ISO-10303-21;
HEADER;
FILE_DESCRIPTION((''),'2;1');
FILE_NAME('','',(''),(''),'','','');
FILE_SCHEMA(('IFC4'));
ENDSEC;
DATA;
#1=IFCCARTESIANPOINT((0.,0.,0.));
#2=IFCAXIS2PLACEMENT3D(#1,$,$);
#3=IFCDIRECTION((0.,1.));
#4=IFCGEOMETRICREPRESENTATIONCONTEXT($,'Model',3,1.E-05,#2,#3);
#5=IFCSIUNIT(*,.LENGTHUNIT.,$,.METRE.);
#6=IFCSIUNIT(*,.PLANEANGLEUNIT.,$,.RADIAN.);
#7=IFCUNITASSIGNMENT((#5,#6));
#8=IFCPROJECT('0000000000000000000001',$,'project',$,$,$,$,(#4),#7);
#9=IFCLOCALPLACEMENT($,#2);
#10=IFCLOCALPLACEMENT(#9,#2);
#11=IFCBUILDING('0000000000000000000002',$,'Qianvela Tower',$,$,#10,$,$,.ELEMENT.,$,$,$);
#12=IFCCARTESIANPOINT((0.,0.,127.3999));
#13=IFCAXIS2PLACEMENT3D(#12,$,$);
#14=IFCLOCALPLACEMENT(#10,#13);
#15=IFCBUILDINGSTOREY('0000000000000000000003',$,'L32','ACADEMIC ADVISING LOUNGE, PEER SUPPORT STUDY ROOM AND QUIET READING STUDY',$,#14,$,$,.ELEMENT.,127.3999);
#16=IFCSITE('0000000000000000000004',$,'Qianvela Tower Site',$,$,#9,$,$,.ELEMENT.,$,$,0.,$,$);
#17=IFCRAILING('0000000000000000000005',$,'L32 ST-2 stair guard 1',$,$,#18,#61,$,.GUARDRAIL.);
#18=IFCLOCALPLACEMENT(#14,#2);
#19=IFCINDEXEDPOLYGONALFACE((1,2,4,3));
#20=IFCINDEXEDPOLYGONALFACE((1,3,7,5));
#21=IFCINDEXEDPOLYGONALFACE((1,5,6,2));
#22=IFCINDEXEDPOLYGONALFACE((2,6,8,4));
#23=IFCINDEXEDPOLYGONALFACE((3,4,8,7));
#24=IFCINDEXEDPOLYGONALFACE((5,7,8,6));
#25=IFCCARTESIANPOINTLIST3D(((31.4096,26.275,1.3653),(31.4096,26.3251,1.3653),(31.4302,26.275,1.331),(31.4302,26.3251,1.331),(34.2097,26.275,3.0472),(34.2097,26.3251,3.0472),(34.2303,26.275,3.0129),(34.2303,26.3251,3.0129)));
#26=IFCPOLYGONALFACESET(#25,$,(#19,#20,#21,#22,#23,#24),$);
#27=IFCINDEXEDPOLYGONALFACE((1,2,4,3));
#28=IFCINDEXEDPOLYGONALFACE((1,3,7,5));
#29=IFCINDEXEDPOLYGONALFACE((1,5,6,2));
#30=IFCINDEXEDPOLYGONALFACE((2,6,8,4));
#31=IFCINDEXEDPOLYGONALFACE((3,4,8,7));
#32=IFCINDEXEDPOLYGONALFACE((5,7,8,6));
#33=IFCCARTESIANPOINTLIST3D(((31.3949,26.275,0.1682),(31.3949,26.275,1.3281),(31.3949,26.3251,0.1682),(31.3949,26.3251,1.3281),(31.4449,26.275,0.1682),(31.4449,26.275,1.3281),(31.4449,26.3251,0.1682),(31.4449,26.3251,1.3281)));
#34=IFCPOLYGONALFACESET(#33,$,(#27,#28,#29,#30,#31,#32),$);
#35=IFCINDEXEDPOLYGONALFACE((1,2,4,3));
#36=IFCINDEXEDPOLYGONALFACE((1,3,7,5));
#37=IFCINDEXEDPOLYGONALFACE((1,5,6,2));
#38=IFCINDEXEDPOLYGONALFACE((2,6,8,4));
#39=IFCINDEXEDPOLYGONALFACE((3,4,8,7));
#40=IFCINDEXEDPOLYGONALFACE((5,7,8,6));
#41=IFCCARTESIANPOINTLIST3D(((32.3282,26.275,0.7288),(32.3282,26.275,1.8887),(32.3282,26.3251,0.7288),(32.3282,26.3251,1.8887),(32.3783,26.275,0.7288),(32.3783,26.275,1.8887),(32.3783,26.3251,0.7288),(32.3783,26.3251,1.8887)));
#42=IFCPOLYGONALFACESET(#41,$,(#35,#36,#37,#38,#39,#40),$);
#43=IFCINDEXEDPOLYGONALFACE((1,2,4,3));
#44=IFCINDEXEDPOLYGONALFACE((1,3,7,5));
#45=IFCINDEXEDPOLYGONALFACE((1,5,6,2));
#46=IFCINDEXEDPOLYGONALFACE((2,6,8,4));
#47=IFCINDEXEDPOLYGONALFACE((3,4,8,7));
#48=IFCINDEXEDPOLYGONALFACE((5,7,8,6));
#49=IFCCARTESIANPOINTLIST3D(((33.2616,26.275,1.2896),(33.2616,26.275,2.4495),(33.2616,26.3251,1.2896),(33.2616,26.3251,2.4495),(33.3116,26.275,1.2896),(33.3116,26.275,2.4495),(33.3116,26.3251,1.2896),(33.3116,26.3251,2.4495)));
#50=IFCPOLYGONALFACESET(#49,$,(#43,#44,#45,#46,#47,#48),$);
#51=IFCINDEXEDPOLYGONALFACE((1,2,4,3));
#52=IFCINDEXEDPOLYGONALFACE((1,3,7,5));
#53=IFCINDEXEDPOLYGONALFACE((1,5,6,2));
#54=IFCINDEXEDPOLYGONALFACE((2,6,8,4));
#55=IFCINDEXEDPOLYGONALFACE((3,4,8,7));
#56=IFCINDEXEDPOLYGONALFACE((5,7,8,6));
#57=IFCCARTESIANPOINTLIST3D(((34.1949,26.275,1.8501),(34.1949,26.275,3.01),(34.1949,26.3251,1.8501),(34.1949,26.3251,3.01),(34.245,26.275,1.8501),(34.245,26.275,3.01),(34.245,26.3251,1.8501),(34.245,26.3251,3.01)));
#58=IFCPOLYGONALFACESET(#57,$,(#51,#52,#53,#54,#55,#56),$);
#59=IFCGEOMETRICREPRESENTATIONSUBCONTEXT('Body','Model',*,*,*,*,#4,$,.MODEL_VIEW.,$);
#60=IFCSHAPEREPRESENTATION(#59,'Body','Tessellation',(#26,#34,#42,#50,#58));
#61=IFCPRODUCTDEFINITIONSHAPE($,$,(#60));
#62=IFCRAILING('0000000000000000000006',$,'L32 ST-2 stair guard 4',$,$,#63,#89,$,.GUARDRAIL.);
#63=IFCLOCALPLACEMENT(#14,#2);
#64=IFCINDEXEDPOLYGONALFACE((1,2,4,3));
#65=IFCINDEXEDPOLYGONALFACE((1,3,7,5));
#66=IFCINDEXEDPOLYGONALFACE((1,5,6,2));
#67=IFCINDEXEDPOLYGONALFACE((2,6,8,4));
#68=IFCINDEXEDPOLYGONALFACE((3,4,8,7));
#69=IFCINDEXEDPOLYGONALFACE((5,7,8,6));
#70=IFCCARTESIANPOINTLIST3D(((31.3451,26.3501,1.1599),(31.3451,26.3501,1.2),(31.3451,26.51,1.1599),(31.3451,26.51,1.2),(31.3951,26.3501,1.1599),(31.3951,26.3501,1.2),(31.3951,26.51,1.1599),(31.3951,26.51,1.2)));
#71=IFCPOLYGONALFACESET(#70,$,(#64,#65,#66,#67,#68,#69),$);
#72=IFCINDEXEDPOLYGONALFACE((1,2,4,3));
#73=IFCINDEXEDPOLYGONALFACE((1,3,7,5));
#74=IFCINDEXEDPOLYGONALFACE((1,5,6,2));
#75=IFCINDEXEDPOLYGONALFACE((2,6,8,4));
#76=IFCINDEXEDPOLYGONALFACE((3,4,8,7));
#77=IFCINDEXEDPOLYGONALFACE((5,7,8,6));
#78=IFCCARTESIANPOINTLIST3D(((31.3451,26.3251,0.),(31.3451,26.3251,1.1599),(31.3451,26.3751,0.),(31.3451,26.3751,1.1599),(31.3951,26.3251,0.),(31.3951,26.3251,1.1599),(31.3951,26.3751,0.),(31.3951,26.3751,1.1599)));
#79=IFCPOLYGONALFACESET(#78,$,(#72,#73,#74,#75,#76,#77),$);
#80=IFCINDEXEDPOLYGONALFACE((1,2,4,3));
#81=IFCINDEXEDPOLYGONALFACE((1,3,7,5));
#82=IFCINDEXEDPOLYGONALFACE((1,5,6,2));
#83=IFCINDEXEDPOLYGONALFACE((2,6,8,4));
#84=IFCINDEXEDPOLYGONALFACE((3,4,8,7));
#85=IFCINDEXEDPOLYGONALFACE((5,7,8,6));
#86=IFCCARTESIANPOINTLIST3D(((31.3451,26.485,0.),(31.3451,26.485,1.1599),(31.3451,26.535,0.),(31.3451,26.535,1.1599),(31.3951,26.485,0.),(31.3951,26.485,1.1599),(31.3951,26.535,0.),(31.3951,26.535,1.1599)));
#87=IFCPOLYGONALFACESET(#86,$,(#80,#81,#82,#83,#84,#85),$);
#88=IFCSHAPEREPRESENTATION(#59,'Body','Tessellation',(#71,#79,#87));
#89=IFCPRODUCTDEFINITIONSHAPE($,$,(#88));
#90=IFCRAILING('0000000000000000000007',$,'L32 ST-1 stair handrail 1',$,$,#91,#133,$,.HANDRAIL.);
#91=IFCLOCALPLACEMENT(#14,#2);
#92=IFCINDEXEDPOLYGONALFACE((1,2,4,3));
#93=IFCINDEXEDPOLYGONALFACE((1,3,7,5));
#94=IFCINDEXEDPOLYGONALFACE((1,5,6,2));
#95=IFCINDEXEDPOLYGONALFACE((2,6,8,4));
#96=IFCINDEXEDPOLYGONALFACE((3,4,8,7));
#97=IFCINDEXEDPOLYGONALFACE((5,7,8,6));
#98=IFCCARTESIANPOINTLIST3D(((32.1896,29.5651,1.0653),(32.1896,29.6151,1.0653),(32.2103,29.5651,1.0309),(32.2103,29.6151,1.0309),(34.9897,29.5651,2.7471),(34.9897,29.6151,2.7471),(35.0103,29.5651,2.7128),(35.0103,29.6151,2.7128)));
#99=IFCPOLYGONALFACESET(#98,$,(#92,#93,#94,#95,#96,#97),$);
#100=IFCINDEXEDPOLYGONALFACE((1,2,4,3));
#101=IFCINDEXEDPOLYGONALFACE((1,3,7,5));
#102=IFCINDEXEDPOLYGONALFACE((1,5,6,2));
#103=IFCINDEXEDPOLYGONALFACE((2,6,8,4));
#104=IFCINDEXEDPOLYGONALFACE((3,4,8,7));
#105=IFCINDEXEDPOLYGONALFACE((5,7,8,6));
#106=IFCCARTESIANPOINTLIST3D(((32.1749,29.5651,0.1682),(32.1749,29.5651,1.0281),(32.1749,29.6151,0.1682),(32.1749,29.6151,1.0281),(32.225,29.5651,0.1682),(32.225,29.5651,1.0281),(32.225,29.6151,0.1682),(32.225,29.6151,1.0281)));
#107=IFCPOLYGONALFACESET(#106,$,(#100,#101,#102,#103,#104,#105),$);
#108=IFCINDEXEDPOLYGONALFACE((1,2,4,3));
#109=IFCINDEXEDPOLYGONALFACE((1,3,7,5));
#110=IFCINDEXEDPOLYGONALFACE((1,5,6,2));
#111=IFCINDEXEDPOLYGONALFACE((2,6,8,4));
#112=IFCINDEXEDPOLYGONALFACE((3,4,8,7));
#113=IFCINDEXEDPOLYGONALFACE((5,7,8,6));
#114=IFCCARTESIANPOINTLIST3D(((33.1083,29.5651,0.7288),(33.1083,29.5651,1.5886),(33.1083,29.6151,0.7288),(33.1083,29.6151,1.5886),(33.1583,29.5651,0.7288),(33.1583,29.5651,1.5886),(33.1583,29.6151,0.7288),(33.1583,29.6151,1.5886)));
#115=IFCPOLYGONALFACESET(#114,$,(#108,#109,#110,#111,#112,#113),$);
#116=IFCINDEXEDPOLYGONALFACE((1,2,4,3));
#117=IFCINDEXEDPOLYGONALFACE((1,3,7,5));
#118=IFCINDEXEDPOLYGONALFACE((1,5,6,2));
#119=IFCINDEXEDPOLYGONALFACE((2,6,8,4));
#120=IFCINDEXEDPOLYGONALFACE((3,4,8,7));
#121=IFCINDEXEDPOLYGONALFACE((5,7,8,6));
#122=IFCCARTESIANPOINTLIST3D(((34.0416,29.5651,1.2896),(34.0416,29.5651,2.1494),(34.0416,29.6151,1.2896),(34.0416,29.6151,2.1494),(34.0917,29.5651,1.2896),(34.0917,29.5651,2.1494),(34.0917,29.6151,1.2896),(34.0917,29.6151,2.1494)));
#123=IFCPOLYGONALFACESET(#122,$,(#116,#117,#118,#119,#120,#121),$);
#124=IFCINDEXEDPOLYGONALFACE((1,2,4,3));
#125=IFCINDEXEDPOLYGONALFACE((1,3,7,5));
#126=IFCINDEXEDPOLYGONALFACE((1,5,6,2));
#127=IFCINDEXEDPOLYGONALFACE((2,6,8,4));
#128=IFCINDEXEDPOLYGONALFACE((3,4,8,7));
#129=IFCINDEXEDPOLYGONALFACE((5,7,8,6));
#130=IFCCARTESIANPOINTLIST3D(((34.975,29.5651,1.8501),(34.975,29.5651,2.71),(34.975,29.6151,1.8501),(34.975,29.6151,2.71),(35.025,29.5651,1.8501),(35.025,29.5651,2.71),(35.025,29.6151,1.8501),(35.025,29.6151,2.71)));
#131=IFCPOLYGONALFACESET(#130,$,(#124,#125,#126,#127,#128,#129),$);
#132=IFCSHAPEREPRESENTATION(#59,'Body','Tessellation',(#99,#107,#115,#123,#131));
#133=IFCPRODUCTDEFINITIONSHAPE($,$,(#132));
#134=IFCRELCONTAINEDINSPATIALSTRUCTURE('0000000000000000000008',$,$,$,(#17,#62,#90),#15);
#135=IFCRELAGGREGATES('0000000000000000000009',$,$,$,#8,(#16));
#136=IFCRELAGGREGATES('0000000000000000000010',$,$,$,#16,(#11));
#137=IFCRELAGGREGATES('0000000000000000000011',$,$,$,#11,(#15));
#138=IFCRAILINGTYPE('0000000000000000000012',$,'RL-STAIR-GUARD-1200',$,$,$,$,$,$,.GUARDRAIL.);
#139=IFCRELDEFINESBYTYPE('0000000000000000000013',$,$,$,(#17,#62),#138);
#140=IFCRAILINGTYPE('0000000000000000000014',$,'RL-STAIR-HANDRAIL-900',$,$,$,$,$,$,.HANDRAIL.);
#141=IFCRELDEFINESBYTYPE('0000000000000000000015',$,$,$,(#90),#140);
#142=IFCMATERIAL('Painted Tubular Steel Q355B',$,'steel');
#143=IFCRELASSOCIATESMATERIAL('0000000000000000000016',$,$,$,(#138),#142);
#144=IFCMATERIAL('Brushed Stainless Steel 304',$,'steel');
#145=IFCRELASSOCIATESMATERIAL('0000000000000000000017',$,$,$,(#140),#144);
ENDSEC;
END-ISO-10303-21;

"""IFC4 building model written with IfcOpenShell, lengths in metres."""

from ifc_helpers import new_model, si_unit, direction, frame, origin, origin_2d, place, context, subcontext, project, spatial, rectangle, extrude, material, type_object, element, save


model = new_model("IFC4")

# Units and contexts
model_context = context("Model", 3, precision=1e-05, world=origin(), true_north=direction((0.0, 1.0)))
body_context = subcontext(model_context, "Body", "Model", "MODEL_VIEW")
ifc_project = project(units=[si_unit("LENGTHUNIT", "METRE"), si_unit("PLANEANGLEUNIT", "RADIAN")], contexts=[model_context])

# Site, building, storey
site_placement = place(None, origin())
site = spatial("IfcSite", under=ifc_project, at=site_placement, Name="Qianvela Tower Site", CompositionType="ELEMENT", RefElevation=0.0)
building_placement = place(site_placement, origin())
building = spatial("IfcBuilding", under=site, at=building_placement, Name="Qianvela Tower", CompositionType="ELEMENT")
storey_placement = place(building_placement, frame((0.0, 0.0, 127.3999)))
storey = spatial("IfcBuildingStorey", under=building, at=storey_placement, Name="L32", Description="ACADEMIC ADVISING LOUNGE, PEER SUPPORT STUDY ROOM AND QUIET READING STUDY", CompositionType="ELEMENT", Elevation=127.3999)

# Railings
ifc_material_1 = material(Name="Painted Tubular Steel Q355B", Category="steel")
railing_type_1 = type_object("IfcRailingType", Name="RL-STAIR-GUARD-1200", PredefinedType="GUARDRAIL", material=ifc_material_1)
railing_1_placement = place(storey_placement, frame((31.4199, 26.3, 0.1682)))
element("IfcRailing", 1, at=railing_1_placement, inside=storey, type_object=railing_type_1, Name="L32 ST-2 stair guard 1", PredefinedType="GUARDRAIL", context=body_context, shape_type="SweptSolid", body=[
    extrude(rectangle(XDim=0.05, YDim=0.04, at=origin_2d()), frame((0.0, 0.0, 1.1799), z_axis=(0.857242, 0.0, 0.514913), x_axis=(0.0, 1.0, 0.0)), (0.0, 0.0, 1.0), 3.2664),
    extrude(rectangle(XDim=0.05, YDim=0.05, at=origin_2d()), origin(), (0.0, 0.0, 1.0), 1.1599),
    extrude(rectangle(XDim=0.05, YDim=0.05, at=origin_2d()), frame((0.9333, 0.0, 0.5605)), (0.0, 0.0, 1.0), 1.1599),
    extrude(rectangle(XDim=0.05, YDim=0.05, at=origin_2d()), frame((1.8667, 0.0, 1.1213)), (0.0, 0.0, 1.0), 1.1599),
    extrude(rectangle(XDim=0.05, YDim=0.05, at=origin_2d()), frame((2.8, 0.0, 1.6819)), (0.0, 0.0, 1.0), 1.1599),
])
railing_2_placement = place(storey_placement, frame((31.3701, 26.3501, 0.0)))
element("IfcRailing", 2, at=railing_2_placement, inside=storey, type_object=railing_type_1, Name="L32 ST-2 stair guard 4", PredefinedType="GUARDRAIL", context=body_context, shape_type="SweptSolid", body=[
    extrude(rectangle(XDim=0.05, YDim=0.04, at=origin_2d()), frame((0.0, 0.0, 1.1799), z_axis=(0.0, 1.0, 0.0), x_axis=(-1.0, 0.0, 0.0)), (0.0, 0.0, 1.0), 0.1599),
    extrude(rectangle(XDim=0.05, YDim=0.05, at=origin_2d()), origin(), (0.0, 0.0, 1.0), 1.1599),
    extrude(rectangle(XDim=0.05, YDim=0.05, at=origin_2d()), frame((0.0, 0.1599, 0.0)), (0.0, 0.0, 1.0), 1.1599),
])
ifc_material_2 = material(Name="Brushed Stainless Steel 304", Category="steel")
railing_type_2 = type_object("IfcRailingType", Name="RL-STAIR-HANDRAIL-900", PredefinedType="HANDRAIL", material=ifc_material_2)
railing_3_placement = place(storey_placement, frame((32.2, 29.5901, 0.1682)))
element("IfcRailing", 3, at=railing_3_placement, inside=storey, type_object=railing_type_2, Name="L32 ST-1 stair handrail 1", PredefinedType="HANDRAIL", context=body_context, shape_type="SweptSolid", body=[
    extrude(rectangle(XDim=0.05, YDim=0.04, at=origin_2d()), frame((0.0, 0.0, 0.8799), z_axis=(0.857242, 0.0, 0.514913), x_axis=(0.0, 1.0, 0.0)), (0.0, 0.0, 1.0), 3.2664),
    extrude(rectangle(XDim=0.05, YDim=0.05, at=origin_2d()), origin(), (0.0, 0.0, 1.0), 0.8599),
    extrude(rectangle(XDim=0.05, YDim=0.05, at=origin_2d()), frame((0.9333, 0.0, 0.5605)), (0.0, 0.0, 1.0), 0.8599),
    extrude(rectangle(XDim=0.05, YDim=0.05, at=origin_2d()), frame((1.8667, 0.0, 1.1213)), (0.0, 0.0, 1.0), 0.8599),
    extrude(rectangle(XDim=0.05, YDim=0.05, at=origin_2d()), frame((2.8, 0.0, 1.6819)), (0.0, 0.0, 1.0), 0.8599),
])

save(model, "model.ifc")
